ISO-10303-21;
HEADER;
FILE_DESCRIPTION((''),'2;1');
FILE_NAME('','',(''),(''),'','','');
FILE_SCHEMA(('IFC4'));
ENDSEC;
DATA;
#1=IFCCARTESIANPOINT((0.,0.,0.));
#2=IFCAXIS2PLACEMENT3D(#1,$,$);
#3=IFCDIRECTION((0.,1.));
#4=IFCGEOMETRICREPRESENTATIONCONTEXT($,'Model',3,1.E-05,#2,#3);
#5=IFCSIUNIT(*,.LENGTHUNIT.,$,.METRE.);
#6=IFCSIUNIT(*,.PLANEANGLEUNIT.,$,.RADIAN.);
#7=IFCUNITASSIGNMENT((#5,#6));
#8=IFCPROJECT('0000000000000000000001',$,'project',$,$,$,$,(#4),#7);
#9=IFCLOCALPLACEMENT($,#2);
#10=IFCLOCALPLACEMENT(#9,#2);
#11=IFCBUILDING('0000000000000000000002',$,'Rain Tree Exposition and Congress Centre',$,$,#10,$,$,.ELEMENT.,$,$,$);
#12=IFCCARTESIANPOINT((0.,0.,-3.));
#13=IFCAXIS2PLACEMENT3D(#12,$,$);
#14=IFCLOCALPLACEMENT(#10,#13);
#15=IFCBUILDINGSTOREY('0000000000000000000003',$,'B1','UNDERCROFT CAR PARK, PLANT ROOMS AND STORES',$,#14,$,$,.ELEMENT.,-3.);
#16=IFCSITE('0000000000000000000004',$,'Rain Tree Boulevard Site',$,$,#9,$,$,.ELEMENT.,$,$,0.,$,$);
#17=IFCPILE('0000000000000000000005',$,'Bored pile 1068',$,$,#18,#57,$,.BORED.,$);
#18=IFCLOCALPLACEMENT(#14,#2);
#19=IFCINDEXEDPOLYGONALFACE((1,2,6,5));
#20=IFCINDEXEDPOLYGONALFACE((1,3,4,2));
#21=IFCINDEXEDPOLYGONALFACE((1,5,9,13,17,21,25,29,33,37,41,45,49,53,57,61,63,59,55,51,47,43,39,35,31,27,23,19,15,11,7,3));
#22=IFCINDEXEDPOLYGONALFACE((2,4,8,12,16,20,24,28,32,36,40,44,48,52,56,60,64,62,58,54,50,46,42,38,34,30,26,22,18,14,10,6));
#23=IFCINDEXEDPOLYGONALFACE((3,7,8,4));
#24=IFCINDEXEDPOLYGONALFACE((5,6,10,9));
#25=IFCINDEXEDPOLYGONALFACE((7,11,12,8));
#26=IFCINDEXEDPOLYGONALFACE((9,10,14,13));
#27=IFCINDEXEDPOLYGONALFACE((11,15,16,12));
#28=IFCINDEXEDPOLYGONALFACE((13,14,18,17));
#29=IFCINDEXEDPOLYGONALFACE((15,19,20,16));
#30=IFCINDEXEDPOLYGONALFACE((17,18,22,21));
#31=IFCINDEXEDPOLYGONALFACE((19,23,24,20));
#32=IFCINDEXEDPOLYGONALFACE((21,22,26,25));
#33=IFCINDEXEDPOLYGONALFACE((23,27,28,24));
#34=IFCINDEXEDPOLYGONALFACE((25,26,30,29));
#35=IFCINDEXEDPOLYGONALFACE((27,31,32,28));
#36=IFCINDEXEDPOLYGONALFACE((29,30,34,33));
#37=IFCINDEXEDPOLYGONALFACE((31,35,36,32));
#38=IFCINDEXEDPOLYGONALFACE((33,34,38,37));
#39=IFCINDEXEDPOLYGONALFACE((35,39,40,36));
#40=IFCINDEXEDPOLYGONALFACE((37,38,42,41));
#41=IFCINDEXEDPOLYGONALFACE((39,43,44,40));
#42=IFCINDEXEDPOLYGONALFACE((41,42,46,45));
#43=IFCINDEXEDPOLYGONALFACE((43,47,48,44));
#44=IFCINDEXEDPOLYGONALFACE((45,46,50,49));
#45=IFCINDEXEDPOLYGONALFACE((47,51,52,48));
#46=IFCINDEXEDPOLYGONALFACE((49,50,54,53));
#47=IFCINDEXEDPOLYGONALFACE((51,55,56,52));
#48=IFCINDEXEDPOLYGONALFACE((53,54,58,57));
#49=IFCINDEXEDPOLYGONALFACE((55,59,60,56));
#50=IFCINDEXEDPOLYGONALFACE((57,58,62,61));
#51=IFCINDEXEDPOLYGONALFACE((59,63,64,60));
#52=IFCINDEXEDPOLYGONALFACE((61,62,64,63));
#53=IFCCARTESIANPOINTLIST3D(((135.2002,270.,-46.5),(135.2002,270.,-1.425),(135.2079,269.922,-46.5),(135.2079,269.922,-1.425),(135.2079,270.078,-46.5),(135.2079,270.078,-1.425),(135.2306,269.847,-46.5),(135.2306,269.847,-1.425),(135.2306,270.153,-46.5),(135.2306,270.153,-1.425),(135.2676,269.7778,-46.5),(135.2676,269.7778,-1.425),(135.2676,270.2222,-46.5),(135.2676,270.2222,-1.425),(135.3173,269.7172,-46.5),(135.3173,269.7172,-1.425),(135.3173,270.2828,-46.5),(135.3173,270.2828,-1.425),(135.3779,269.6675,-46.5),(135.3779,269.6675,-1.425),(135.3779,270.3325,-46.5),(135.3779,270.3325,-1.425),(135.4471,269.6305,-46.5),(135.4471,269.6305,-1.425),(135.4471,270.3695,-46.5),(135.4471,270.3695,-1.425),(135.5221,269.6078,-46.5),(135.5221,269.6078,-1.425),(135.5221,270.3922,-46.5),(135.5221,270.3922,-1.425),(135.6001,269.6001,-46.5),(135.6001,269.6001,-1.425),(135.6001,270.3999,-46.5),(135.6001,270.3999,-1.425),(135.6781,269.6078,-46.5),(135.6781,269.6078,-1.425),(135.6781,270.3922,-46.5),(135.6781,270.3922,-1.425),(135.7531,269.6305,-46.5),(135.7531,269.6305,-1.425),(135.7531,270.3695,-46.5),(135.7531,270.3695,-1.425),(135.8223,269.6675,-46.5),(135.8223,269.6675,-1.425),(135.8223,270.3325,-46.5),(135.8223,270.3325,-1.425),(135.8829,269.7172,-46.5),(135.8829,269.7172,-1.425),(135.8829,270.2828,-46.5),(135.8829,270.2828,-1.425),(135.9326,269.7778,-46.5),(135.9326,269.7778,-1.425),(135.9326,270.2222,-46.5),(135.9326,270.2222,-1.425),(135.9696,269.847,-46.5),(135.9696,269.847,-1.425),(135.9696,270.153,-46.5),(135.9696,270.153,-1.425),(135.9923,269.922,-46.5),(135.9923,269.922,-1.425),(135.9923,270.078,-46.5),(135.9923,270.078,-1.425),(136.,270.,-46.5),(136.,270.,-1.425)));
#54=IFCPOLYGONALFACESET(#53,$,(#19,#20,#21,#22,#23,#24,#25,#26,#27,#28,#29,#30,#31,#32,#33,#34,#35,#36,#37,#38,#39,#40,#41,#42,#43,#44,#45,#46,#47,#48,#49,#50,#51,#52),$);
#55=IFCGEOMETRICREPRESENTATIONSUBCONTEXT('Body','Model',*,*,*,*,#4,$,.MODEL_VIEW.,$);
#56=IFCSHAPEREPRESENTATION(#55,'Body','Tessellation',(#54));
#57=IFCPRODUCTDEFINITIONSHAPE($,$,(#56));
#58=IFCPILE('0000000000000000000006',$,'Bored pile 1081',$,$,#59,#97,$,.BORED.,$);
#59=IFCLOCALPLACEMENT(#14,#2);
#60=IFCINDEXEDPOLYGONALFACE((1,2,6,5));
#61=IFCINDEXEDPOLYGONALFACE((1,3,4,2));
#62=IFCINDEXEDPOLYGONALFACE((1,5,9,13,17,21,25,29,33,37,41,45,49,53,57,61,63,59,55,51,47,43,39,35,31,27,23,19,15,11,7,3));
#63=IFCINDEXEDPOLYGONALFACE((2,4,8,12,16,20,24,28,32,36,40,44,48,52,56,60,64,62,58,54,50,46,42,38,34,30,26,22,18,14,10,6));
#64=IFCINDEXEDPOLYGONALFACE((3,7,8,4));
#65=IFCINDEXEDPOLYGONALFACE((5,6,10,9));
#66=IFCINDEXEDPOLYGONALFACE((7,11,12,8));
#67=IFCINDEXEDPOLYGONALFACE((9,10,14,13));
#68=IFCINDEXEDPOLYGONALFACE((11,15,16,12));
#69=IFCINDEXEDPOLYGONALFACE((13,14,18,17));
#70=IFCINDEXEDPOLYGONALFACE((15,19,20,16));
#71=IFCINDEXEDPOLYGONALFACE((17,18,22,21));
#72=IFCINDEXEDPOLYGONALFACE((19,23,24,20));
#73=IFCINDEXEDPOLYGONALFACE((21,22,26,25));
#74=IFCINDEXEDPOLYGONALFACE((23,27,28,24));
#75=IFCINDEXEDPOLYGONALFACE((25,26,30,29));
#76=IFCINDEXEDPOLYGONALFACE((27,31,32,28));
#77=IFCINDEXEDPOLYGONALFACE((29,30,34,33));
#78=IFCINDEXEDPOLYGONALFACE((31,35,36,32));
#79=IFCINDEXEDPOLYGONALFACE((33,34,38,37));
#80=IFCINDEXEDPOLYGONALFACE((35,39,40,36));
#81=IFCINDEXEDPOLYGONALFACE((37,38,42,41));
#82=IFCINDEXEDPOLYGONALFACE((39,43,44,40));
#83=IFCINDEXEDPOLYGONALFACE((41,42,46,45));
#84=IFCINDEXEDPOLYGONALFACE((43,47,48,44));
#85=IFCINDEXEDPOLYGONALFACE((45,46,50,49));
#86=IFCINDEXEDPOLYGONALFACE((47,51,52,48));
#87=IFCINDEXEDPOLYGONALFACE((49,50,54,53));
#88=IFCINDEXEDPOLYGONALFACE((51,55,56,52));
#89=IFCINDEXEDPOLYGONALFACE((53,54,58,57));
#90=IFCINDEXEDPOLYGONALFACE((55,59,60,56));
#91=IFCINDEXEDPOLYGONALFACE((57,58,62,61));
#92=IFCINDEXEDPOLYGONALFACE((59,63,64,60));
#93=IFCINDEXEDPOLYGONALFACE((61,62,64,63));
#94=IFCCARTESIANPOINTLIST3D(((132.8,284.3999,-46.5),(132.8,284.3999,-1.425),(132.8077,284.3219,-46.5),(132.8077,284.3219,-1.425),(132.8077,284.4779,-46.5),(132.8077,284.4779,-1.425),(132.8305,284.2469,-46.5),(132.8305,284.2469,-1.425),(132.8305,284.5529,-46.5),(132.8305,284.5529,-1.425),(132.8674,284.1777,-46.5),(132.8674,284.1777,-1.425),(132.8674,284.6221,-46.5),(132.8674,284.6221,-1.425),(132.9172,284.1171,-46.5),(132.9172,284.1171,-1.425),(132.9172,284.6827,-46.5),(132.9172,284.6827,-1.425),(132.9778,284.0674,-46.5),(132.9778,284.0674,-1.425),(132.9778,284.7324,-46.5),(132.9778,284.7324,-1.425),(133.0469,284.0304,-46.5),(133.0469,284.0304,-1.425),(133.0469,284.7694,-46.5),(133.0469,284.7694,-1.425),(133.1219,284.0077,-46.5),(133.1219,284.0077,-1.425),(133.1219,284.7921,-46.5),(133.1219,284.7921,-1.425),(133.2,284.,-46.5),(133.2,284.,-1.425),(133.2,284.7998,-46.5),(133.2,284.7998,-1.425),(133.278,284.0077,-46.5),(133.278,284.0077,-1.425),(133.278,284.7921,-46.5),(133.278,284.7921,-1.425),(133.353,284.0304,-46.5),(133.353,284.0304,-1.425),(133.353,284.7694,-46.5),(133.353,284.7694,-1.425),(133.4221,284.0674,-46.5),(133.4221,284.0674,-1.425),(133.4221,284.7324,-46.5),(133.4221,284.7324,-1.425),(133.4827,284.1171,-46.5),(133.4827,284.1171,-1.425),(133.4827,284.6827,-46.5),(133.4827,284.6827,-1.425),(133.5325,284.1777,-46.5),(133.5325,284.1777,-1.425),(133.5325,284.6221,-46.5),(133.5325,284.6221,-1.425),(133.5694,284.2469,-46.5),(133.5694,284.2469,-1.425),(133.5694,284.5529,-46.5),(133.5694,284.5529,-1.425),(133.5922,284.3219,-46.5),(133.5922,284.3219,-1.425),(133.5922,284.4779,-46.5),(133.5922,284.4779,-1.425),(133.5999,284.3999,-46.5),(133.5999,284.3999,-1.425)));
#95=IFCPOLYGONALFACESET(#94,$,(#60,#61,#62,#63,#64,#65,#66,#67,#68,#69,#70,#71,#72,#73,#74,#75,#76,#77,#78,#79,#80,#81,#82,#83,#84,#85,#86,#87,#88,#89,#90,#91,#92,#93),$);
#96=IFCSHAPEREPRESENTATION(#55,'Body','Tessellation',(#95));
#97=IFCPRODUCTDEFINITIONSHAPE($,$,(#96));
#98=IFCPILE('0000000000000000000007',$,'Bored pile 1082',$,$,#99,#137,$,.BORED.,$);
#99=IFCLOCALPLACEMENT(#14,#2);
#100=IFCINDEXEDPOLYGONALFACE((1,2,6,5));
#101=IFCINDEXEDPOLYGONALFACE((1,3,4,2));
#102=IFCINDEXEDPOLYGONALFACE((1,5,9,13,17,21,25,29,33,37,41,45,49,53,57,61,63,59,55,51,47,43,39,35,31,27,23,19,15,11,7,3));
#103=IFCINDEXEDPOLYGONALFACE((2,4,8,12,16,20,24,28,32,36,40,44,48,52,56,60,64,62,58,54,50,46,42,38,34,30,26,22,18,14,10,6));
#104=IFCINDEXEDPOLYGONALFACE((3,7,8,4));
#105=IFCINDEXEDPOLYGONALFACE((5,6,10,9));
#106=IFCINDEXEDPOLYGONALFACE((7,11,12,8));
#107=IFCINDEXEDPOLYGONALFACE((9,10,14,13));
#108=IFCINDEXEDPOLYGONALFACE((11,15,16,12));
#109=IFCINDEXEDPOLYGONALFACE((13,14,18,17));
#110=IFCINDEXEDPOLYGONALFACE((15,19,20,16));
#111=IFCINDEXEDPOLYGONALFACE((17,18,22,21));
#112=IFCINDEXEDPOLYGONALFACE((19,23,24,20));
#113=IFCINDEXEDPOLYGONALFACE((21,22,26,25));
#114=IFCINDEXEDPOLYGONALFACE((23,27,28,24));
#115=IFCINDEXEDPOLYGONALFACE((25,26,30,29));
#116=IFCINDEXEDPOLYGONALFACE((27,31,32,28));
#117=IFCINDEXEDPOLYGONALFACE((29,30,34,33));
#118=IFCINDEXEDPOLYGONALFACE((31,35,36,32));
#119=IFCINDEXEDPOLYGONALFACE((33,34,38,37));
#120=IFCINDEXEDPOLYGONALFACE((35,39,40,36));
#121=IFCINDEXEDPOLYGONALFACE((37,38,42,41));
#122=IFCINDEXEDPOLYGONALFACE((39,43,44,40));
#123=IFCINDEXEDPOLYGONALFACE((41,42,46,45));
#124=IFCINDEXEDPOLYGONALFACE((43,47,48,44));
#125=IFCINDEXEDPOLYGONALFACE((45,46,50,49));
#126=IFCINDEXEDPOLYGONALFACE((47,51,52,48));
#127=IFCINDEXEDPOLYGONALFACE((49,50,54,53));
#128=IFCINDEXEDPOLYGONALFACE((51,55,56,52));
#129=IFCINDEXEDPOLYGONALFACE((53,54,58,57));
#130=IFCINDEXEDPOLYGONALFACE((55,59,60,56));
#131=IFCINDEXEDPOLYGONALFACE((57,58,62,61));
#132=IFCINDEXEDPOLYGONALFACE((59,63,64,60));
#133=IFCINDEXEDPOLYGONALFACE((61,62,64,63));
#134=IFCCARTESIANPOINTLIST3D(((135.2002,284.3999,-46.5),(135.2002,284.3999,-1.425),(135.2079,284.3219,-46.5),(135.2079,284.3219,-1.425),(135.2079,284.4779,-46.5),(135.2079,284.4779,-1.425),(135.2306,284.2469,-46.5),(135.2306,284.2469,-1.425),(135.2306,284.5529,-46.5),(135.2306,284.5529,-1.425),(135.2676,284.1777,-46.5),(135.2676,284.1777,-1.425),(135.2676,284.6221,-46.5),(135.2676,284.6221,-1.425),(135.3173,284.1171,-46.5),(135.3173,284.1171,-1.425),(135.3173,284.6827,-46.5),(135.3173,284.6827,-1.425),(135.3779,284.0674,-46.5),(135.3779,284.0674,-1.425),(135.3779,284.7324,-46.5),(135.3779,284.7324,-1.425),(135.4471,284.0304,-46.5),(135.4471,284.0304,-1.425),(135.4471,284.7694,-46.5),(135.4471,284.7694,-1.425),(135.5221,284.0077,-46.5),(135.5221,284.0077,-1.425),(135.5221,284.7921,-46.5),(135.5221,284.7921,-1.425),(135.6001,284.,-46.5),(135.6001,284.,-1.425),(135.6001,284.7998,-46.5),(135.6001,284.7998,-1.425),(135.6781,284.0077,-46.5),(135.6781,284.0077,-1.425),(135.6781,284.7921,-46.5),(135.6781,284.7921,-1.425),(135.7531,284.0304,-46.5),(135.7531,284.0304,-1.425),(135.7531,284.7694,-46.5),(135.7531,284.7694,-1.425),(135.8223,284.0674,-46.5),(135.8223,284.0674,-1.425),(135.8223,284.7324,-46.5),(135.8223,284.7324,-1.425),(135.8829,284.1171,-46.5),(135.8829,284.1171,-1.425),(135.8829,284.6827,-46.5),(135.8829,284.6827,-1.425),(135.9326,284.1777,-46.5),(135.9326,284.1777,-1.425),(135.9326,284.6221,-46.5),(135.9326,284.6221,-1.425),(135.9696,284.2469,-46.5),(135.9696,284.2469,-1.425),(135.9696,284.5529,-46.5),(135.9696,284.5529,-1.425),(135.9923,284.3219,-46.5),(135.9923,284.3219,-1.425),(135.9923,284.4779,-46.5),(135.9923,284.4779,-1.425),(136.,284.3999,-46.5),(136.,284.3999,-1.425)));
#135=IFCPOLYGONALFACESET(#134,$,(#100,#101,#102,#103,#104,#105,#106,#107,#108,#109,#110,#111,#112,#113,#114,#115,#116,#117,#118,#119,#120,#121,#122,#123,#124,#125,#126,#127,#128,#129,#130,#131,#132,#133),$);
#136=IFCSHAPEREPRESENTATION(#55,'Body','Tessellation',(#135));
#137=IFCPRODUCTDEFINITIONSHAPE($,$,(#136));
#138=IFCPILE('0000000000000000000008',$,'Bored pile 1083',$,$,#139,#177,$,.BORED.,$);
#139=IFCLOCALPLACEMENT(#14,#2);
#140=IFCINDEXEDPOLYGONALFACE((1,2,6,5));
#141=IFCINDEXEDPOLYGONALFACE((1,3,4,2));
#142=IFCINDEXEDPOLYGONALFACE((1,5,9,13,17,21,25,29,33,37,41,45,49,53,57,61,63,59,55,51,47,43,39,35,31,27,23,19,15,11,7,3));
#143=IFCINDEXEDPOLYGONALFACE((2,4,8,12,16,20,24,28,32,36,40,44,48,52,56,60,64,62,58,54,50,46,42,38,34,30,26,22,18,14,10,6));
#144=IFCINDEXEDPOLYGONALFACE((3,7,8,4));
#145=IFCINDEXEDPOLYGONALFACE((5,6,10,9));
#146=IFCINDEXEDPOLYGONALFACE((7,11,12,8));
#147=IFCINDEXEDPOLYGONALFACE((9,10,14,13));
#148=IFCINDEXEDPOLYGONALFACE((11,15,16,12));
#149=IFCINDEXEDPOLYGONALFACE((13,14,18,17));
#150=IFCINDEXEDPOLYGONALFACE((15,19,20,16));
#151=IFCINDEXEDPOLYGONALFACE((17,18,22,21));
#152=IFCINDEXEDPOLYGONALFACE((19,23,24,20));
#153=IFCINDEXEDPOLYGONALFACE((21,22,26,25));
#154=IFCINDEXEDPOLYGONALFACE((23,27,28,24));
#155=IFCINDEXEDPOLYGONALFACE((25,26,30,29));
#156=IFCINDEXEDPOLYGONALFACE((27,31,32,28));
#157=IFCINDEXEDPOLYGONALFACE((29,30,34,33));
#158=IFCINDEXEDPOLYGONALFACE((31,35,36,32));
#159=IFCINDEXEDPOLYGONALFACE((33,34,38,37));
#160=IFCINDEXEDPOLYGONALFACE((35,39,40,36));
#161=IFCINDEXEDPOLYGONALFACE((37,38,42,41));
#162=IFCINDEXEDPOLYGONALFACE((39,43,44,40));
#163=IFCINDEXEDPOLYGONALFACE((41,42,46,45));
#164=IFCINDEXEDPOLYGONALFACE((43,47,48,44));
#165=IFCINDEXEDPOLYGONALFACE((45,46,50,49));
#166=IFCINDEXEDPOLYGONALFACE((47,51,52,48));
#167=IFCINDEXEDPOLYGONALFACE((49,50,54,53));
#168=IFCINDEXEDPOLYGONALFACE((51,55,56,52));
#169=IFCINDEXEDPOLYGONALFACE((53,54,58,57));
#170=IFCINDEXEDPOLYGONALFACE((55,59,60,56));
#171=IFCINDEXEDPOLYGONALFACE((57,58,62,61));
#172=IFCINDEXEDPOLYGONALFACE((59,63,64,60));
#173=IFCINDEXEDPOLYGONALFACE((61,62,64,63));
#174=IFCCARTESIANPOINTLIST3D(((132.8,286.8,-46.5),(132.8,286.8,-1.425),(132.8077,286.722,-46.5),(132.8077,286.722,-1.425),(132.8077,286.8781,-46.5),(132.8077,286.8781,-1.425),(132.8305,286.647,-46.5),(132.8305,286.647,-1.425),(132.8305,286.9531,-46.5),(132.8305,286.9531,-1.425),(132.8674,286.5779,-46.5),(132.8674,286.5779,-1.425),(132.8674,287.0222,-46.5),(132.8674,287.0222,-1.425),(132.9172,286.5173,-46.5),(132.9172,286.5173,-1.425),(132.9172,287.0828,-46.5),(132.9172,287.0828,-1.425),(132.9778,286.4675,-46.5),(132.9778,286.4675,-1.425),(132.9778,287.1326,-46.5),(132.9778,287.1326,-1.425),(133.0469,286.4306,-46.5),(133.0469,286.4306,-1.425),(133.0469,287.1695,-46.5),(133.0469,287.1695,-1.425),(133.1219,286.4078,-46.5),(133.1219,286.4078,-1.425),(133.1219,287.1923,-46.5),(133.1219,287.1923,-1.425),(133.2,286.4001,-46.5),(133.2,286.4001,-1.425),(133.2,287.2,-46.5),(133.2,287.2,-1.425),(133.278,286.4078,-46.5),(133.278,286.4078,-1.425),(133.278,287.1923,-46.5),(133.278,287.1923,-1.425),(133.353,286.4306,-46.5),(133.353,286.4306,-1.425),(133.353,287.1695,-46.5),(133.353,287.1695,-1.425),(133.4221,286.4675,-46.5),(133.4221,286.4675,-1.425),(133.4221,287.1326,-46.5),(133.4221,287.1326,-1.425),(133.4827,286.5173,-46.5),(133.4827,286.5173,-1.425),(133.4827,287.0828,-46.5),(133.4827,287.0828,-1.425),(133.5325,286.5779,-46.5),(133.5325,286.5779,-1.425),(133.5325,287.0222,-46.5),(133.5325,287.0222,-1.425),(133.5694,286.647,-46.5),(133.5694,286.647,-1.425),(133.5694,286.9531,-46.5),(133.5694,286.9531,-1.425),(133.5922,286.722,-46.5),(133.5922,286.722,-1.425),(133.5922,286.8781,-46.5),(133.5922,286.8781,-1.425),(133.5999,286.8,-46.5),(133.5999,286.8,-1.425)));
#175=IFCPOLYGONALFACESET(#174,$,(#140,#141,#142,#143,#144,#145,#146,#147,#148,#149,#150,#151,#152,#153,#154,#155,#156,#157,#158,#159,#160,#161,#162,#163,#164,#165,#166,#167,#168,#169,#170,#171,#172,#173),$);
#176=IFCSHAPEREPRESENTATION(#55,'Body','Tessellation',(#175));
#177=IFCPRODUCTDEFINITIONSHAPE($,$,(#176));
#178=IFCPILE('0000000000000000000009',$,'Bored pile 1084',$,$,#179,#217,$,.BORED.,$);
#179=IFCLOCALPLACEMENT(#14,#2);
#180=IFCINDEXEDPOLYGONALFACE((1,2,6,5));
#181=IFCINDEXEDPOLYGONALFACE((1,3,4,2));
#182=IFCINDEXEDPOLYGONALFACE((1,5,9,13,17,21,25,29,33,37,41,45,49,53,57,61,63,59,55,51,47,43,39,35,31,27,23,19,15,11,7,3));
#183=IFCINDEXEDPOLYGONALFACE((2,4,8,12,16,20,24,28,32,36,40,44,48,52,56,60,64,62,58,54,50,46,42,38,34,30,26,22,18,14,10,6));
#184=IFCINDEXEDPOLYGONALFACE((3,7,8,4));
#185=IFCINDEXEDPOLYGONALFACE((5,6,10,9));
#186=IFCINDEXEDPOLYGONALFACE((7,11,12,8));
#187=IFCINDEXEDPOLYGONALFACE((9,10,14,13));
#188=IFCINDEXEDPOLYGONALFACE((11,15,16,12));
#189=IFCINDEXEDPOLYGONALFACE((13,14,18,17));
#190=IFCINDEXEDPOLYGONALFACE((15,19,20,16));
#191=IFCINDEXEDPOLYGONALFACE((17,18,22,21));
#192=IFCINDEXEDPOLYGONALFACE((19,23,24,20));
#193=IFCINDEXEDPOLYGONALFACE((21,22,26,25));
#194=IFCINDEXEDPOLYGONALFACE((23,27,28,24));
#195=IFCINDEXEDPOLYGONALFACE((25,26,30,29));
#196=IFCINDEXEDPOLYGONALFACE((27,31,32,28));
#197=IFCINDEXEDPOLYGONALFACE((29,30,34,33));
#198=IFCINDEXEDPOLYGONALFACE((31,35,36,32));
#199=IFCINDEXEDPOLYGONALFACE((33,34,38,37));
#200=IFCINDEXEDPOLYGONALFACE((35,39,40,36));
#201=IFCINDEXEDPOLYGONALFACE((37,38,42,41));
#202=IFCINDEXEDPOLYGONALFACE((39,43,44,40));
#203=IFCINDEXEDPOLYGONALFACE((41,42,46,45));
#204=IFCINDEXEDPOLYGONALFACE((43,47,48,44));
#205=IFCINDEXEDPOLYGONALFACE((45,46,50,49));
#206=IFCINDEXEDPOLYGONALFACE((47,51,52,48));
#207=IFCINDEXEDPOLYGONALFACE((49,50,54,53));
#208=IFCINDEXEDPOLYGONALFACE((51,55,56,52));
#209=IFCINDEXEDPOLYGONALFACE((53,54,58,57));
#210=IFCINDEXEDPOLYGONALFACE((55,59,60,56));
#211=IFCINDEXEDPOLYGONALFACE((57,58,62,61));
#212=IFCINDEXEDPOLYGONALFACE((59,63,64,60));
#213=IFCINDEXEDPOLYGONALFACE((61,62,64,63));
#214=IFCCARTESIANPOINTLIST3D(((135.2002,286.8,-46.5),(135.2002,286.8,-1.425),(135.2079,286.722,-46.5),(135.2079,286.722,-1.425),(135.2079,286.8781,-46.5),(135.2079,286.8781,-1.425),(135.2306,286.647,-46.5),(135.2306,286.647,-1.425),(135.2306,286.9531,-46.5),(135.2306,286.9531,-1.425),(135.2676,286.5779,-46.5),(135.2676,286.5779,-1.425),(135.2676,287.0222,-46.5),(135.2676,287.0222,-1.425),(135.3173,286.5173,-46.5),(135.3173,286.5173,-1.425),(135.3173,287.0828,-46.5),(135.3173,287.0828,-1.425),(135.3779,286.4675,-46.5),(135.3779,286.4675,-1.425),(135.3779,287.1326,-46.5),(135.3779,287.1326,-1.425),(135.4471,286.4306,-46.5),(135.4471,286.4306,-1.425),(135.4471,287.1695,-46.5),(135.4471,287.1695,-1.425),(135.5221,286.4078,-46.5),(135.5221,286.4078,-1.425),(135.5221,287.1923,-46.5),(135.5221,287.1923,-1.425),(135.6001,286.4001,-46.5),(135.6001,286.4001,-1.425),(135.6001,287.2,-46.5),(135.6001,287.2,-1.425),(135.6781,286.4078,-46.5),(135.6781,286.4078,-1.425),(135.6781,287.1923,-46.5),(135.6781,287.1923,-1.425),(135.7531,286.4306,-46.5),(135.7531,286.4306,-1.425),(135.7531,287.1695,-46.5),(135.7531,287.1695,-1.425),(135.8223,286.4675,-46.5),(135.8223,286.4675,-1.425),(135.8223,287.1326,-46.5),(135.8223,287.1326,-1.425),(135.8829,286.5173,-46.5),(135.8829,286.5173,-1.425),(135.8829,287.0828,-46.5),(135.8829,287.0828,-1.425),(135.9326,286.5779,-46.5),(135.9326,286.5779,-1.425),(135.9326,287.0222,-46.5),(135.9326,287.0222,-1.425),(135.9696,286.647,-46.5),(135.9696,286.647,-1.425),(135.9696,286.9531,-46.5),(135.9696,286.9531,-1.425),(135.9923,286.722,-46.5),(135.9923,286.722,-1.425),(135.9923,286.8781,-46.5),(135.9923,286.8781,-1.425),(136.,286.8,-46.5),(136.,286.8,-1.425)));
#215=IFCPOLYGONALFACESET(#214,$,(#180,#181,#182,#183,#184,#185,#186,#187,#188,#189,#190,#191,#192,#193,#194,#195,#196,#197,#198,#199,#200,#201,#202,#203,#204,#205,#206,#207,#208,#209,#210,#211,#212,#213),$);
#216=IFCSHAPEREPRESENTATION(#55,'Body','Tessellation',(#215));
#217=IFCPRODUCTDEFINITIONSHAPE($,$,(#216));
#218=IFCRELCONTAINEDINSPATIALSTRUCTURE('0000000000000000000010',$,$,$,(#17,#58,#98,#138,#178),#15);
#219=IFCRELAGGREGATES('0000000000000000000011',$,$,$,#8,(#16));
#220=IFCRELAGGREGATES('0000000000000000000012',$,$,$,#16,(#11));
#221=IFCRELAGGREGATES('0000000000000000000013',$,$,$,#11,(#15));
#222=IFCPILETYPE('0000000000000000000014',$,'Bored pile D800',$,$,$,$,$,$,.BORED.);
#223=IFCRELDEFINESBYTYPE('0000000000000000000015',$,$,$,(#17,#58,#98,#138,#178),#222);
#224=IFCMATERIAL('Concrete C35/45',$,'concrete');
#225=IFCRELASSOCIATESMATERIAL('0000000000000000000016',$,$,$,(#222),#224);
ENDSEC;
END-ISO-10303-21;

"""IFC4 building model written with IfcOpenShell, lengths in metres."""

from ifc_helpers import new_model, si_unit, direction, frame, origin, origin_2d, place, context, subcontext, project, spatial, circle, extrude, material, material_profile, profile_set, type_object, element, save


model = new_model("IFC4")

# Units and contexts
model_context = context("Model", 3, precision=1e-05, world=origin(), true_north=direction((0.0, 1.0)))
body_context = subcontext(model_context, "Body", "Model", "MODEL_VIEW")
ifc_project = project(units=[si_unit("LENGTHUNIT", "METRE"), si_unit("PLANEANGLEUNIT", "RADIAN")], contexts=[model_context])

# Site, building, storey
site_placement = place(None, origin())
site = spatial("IfcSite", under=ifc_project, at=site_placement, Name="Rain Tree Boulevard Site", CompositionType="ELEMENT", RefElevation=0.0)
building_placement = place(site_placement, origin())
building = spatial("IfcBuilding", under=site, at=building_placement, Name="Rain Tree Exposition and Congress Centre", CompositionType="ELEMENT")
storey_placement = place(building_placement, frame((0.0, 0.0, -3.0)))
storey = spatial("IfcBuildingStorey", under=building, at=storey_placement, Name="B1", Description="UNDERCROFT CAR PARK, PLANT ROOMS AND STORES", CompositionType="ELEMENT", Elevation=-3.0)

# Piles
ifc_material_1 = material(Name="Concrete C35/45", Category="concrete")
ifc_material_profile_1 = material_profile(ifc_material_1, circle(Radius=0.3999, at=origin_2d()), Name="D800")
ifc_profile_set_1 = profile_set([ifc_material_profile_1], Name="Concrete C35/45")
pile_type_1 = type_object("IfcPileType", Name="Bored pile D800", PredefinedType="BORED", material=ifc_profile_set_1)
for number, where, z_axis, x_axis, name in (
    (1, (135.6001, 270.0, -1.425), (0.0, 0.0, -1.0), (1.0, 0.0, 0.0), "Bored pile 1068"),
    (2, (133.2, 284.3999, -1.425), (0.0, 0.0, -1.0), (1.0, 0.0, 0.0), "Bored pile 1081"),
    (3, (135.6001, 284.3999, -1.425), (0.0, 0.0, -1.0), (1.0, 0.0, 0.0), "Bored pile 1082"),
    (4, (133.2, 286.8, -1.425), (0.0, 0.0, -1.0), (1.0, 0.0, 0.0), "Bored pile 1083"),
    (5, (135.6001, 286.8, -1.425), (0.0, 0.0, -1.0), (1.0, 0.0, 0.0), "Bored pile 1084"),
):
    element("IfcPile", number, at=place(storey_placement, frame(where, z_axis=z_axis, x_axis=x_axis)), inside=storey, type_object=pile_type_1, Name=name, PredefinedType="BORED", context=body_context, shape_type="SweptSolid", body=[
        extrude(circle(Radius=0.3999, at=origin_2d()), origin(), (0.0, 0.0, 1.0), 45.075),
    ])

save(model, "model.ifc")
